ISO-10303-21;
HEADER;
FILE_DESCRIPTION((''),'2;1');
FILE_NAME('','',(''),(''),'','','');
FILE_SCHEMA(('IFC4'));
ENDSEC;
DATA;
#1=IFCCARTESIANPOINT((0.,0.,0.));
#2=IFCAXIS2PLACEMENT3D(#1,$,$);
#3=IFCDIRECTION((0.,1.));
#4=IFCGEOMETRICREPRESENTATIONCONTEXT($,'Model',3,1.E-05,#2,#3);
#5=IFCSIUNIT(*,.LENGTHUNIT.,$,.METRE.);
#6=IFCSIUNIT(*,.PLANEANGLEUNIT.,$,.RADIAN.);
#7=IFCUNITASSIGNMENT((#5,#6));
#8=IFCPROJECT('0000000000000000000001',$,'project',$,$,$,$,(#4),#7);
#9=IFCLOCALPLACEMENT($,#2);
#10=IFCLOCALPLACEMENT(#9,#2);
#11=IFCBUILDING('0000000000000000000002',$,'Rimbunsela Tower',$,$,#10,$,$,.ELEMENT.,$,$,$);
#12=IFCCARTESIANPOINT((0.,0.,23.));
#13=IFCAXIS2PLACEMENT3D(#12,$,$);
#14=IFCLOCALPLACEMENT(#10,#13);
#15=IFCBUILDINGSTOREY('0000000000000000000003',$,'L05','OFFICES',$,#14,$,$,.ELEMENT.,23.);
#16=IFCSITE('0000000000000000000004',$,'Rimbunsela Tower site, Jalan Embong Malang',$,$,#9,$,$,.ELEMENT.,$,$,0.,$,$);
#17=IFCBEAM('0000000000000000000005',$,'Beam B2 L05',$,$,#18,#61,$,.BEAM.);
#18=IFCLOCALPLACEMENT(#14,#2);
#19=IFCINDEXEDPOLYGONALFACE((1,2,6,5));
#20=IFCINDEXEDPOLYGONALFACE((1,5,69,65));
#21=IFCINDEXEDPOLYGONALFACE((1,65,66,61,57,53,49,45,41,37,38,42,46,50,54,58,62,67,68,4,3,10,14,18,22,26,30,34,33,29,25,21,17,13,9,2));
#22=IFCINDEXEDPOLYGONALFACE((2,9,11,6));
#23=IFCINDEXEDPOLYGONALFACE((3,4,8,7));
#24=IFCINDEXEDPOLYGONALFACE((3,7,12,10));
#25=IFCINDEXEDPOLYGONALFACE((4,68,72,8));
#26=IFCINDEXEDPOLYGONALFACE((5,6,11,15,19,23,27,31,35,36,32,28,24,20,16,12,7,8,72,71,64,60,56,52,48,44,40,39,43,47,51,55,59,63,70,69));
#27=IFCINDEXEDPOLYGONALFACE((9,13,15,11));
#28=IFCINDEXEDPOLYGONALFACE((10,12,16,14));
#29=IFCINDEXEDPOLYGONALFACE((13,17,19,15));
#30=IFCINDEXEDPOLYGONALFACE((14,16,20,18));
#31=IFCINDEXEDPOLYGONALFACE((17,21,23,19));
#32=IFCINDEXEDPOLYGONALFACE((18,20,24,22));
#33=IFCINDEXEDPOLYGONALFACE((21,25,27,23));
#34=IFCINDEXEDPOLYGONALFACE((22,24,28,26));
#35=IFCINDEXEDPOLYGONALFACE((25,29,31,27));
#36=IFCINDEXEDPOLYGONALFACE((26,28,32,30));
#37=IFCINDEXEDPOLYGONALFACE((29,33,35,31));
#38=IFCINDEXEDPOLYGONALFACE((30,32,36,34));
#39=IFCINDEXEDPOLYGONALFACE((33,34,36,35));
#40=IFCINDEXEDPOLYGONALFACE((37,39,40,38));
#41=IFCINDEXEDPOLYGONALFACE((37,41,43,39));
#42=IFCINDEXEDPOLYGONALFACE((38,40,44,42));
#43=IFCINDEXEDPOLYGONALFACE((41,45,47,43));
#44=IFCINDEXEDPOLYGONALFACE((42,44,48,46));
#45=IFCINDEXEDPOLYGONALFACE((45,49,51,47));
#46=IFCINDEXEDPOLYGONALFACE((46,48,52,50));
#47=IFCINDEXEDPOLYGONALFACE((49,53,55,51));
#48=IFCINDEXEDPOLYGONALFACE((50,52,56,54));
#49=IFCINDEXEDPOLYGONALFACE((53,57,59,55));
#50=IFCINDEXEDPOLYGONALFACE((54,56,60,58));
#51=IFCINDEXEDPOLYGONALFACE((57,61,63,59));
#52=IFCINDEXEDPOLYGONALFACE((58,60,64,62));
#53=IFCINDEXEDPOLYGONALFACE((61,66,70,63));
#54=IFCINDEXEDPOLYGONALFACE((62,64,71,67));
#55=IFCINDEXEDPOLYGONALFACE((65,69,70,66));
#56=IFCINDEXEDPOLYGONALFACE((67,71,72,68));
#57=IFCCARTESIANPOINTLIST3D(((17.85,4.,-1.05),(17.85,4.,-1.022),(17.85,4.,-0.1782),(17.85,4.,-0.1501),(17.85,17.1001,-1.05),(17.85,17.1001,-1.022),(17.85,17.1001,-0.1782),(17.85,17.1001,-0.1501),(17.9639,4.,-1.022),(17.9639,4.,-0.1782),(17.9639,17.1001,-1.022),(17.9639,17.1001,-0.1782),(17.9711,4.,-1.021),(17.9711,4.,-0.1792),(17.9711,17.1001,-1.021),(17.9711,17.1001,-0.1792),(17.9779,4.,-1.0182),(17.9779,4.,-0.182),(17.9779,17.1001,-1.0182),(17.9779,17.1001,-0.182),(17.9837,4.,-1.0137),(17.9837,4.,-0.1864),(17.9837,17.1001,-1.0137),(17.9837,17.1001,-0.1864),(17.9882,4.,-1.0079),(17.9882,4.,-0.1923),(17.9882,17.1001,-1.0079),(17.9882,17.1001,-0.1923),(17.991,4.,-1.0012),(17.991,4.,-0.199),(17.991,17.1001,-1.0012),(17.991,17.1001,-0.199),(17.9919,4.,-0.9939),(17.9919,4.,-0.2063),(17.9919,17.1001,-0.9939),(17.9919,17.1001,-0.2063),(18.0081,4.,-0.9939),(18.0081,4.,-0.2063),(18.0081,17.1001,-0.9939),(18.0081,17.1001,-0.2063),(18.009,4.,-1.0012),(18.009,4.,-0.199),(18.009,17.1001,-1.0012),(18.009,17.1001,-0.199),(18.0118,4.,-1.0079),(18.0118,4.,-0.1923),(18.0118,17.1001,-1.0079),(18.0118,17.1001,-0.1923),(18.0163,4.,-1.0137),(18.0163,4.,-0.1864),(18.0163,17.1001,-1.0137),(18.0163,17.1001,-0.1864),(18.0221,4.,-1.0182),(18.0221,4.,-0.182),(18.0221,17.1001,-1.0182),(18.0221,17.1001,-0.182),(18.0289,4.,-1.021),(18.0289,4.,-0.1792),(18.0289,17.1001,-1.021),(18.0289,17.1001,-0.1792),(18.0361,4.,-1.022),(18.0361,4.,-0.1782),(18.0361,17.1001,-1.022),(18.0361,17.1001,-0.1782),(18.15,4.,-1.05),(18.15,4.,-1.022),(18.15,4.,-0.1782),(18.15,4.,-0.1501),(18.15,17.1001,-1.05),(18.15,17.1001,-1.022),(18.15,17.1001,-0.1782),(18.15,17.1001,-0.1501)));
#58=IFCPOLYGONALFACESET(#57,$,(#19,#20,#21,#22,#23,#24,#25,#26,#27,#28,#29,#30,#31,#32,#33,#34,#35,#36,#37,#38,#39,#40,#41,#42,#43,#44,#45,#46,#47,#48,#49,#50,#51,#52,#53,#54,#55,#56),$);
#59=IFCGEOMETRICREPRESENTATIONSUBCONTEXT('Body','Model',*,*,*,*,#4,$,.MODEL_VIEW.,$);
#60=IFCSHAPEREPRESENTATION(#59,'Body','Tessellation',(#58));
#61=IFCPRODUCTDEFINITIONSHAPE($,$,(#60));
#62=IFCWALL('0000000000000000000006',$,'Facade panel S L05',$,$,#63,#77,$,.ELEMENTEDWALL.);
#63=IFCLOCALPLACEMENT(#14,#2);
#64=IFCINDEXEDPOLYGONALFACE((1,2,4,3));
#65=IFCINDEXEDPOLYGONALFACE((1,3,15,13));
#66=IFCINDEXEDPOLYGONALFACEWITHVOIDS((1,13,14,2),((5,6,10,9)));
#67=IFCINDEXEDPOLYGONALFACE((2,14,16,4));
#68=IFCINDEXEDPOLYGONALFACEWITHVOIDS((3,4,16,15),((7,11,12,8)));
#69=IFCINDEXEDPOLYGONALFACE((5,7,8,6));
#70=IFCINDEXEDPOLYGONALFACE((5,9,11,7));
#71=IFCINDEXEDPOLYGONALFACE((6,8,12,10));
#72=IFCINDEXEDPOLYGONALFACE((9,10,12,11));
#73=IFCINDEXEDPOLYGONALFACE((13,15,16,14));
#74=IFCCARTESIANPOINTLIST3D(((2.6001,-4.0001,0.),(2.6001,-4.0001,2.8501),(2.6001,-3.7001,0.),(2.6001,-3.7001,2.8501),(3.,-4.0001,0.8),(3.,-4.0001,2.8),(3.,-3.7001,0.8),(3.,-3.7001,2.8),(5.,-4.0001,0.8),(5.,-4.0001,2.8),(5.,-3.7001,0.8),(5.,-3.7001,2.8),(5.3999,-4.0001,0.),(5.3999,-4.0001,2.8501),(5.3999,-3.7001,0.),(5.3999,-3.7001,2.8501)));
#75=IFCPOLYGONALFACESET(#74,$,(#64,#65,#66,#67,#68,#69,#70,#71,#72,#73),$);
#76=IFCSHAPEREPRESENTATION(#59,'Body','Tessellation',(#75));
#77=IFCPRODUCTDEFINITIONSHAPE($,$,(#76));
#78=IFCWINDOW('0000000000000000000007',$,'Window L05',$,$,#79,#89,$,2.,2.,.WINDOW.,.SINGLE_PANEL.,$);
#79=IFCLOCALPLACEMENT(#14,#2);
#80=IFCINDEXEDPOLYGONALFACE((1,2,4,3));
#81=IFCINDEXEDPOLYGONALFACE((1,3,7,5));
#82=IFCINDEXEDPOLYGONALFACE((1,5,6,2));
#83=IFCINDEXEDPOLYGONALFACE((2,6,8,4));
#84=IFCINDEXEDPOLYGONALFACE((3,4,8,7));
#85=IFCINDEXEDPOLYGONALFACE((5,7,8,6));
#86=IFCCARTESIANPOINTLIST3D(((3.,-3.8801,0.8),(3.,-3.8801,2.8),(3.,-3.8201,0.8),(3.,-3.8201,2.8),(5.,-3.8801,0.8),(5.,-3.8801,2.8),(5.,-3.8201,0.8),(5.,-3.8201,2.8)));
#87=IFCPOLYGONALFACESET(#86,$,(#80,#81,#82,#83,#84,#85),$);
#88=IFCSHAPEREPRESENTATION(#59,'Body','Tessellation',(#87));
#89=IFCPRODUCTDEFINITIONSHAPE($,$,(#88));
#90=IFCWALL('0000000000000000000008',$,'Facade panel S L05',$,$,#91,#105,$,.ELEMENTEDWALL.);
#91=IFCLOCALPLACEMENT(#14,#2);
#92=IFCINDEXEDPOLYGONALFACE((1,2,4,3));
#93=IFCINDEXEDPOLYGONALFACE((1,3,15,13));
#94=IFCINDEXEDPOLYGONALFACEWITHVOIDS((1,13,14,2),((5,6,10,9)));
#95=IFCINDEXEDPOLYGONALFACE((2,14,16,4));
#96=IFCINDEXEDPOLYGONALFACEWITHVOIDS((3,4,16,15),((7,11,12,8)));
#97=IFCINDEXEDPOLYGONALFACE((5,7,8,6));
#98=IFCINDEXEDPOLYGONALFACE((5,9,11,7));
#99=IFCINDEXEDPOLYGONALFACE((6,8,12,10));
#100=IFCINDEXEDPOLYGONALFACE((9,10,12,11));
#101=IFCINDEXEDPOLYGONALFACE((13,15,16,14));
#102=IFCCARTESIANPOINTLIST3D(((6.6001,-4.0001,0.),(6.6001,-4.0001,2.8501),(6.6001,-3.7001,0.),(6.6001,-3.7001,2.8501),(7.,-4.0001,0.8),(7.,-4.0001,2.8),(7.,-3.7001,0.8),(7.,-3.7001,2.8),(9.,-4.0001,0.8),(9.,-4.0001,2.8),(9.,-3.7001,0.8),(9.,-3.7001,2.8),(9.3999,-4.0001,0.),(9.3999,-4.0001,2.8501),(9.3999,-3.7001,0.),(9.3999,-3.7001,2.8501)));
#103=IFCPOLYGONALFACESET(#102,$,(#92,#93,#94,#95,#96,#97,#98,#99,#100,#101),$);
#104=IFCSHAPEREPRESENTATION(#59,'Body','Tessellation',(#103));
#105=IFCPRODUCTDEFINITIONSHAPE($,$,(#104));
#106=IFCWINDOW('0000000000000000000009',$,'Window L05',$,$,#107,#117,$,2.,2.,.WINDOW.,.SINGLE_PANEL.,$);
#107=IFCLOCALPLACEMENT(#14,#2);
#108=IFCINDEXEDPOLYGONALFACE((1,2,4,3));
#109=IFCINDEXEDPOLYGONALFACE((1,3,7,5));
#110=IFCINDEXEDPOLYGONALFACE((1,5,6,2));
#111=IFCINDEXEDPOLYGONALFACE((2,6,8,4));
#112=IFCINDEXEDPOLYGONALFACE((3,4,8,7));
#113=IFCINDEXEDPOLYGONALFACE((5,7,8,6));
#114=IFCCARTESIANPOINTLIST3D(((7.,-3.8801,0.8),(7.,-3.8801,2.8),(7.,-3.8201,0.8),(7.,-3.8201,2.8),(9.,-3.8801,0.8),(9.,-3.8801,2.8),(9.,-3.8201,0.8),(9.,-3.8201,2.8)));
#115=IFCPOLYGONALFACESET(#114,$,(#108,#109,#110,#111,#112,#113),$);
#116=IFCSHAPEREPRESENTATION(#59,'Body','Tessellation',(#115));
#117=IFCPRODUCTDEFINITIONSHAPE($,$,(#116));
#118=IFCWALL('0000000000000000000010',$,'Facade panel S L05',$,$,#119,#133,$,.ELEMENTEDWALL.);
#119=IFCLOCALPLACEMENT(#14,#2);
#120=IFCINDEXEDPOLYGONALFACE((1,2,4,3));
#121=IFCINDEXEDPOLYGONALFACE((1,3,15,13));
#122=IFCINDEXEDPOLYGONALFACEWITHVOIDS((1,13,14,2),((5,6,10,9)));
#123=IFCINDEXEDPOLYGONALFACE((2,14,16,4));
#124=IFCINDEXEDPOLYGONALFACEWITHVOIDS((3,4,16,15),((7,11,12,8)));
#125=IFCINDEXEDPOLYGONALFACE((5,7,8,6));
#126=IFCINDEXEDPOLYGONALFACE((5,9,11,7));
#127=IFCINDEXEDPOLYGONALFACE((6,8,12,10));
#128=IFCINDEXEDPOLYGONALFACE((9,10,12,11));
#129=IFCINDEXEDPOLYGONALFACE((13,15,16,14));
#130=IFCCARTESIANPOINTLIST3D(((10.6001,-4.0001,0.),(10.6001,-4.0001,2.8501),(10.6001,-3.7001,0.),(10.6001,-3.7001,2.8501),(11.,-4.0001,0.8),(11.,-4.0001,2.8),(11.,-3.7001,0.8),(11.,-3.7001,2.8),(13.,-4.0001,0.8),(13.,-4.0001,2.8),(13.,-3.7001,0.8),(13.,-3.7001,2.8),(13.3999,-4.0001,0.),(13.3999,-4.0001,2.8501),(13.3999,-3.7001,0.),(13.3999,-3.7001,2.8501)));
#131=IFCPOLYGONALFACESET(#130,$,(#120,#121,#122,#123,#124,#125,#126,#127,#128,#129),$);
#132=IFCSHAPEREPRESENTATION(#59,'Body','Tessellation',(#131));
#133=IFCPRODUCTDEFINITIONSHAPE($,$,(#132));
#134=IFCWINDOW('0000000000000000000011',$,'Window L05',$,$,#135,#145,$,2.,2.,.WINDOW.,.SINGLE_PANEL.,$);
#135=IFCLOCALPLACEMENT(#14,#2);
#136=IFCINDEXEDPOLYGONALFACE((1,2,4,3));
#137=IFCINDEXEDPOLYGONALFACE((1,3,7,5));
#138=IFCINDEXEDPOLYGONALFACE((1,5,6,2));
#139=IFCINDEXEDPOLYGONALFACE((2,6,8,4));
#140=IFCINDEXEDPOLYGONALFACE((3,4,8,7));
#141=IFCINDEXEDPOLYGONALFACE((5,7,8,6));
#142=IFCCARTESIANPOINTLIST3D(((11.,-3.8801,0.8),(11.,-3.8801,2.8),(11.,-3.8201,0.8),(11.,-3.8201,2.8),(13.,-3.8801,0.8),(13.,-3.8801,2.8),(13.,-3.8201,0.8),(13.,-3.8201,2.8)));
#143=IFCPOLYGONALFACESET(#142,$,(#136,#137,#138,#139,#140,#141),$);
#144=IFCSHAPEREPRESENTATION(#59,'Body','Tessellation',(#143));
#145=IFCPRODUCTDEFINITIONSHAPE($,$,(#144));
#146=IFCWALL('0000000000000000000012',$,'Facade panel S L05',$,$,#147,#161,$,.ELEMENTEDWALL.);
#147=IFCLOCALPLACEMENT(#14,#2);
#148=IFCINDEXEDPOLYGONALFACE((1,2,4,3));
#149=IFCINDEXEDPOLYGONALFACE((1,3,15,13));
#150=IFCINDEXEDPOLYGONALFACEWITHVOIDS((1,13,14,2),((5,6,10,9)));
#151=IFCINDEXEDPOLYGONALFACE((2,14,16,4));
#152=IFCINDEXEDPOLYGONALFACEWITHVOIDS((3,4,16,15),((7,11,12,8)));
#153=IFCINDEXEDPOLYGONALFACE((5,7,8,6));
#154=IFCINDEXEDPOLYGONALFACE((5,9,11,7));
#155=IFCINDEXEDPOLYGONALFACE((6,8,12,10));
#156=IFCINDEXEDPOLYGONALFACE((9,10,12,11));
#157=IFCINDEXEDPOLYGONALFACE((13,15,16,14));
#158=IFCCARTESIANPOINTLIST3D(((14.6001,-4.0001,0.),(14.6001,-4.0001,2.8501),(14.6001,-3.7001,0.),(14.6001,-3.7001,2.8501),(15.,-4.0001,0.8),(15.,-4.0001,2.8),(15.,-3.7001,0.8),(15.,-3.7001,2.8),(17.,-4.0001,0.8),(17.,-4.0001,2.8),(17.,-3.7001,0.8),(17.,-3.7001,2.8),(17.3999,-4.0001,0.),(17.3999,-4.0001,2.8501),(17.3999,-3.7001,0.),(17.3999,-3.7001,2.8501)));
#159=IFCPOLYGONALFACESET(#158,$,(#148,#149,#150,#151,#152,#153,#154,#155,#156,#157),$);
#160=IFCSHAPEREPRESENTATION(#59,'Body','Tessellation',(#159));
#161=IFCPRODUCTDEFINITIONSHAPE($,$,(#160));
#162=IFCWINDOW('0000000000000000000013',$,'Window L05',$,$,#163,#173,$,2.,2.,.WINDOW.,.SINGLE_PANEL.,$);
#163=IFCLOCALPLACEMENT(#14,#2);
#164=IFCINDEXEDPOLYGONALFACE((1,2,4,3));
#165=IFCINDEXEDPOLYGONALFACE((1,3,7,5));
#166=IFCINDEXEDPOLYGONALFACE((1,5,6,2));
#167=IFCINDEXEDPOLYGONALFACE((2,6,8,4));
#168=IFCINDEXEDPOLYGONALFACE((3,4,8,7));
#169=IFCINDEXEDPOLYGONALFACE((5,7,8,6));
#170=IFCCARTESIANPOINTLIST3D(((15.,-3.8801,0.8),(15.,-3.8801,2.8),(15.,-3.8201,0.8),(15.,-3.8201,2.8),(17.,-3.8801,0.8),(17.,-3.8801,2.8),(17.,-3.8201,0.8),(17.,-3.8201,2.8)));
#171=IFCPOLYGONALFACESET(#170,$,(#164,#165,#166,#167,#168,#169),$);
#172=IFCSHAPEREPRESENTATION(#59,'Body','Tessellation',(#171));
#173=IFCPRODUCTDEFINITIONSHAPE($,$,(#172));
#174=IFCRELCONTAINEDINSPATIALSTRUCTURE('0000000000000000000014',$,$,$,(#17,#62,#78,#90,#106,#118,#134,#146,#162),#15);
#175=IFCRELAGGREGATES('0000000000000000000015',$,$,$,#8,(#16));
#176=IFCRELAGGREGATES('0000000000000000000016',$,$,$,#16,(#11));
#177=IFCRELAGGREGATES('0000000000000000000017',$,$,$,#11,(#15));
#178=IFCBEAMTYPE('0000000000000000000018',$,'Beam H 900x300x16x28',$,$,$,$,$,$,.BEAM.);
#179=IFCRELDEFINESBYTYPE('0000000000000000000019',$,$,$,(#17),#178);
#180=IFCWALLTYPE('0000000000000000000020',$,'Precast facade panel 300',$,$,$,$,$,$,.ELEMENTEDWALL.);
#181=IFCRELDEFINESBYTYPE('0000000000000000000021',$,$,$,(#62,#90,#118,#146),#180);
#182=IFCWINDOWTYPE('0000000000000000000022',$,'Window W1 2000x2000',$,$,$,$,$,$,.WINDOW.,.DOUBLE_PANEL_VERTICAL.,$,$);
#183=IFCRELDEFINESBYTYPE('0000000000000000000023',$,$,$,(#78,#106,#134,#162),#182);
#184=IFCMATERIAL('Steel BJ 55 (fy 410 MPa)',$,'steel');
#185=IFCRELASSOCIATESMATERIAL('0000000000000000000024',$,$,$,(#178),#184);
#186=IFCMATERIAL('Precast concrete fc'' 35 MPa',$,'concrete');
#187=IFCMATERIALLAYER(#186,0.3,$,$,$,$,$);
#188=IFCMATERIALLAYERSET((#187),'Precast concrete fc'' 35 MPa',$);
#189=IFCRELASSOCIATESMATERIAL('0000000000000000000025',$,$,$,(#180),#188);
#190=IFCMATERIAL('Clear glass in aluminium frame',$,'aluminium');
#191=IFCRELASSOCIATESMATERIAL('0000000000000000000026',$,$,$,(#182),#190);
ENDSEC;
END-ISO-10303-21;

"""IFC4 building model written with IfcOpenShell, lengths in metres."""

from ifc_helpers import new_model, si_unit, direction, frame, frame_2d, origin, origin_2d, place, context, subcontext, project, spatial, rectangle, i_section, extrude, material, layer, layer_set, material_profile, profile_set, type_object, element, fill, save


model = new_model("IFC4")

# Units and contexts
model_context = context("Model", 3, precision=1e-05, world=origin(), true_north=direction((0.0, 1.0)))
body_context = subcontext(model_context, "Body", "Model", "MODEL_VIEW")
ifc_project = project(units=[si_unit("LENGTHUNIT", "METRE"), si_unit("PLANEANGLEUNIT", "RADIAN")], contexts=[model_context])

# Site, building, storey
site_placement = place(None, origin())
site = spatial("IfcSite", under=ifc_project, at=site_placement, Name="Rimbunsela Tower site, Jalan Embong Malang", CompositionType="ELEMENT", RefElevation=0.0)
building_placement = place(site_placement, origin())
building = spatial("IfcBuilding", under=site, at=building_placement, Name="Rimbunsela Tower", CompositionType="ELEMENT")
storey_placement = place(building_placement, frame((0.0, 0.0, 23.0)))
storey = spatial("IfcBuildingStorey", under=building, at=storey_placement, Name="L05", Description="OFFICES", CompositionType="ELEMENT", Elevation=23.0)

# Beam
ifc_material_1 = material(Name="Steel BJ 55 (fy 410 MPa)", Category="steel")
ifc_material_profile_1 = material_profile(ifc_material_1, i_section(OverallWidth=0.3, OverallDepth=0.8999, WebThickness=0.0161, FlangeThickness=0.0281, FilletRadius=0.0281, at=origin_2d()), Name="H 900x300x16x28")
ifc_profile_set_1 = profile_set([ifc_material_profile_1], Name="Steel BJ 55 (fy 410 MPa)")
beam_type_1 = type_object("IfcBeamType", Name="Beam H 900x300x16x28", PredefinedType="BEAM", material=ifc_profile_set_1)
beam_1_placement = place(storey_placement, frame((18.0, 4.0, -0.6001), z_axis=(0.0, 1.0, 0.0), x_axis=(-1.0, 0.0, 0.0)))
element("IfcBeam", 1, at=beam_1_placement, inside=storey, type_object=beam_type_1, Name="Beam B2 L05", PredefinedType="BEAM", context=body_context, shape_type="SweptSolid", body=[
    extrude(i_section(OverallWidth=0.3, OverallDepth=0.8999, WebThickness=0.0161, FlangeThickness=0.0281, FilletRadius=0.0281, at=origin_2d()), origin(), (0.0, 0.0, 1.0), 13.1001),
])

# Walls, openings, windows
ifc_material_2 = material(Name="Precast concrete fc' 35 MPa", Category="concrete")
ifc_layer_1 = layer(ifc_material_2, 0.3)
ifc_layer_set_1 = layer_set([ifc_layer_1], Name="Precast concrete fc' 35 MPa")
wall_type = type_object("IfcWallType", Name="Precast facade panel 300", PredefinedType="ELEMENTEDWALL", material=ifc_layer_set_1)
wall_1_placement = place(storey_placement, frame((2.6001, -3.8501, 0.0), z_axis=(0.0, 0.0, 1.0), x_axis=(1.0, 0.0, 0.0)))
wall_1 = element("IfcWall", 2, at=wall_1_placement, inside=storey, type_object=wall_type, Name="Facade panel S L05", PredefinedType="ELEMENTEDWALL", context=body_context, shape_type="SweptSolid", body=[
    extrude(rectangle(XDim=2.7998, YDim=0.3, at=frame_2d((1.3999, 0.0))), origin(), (0.0, 0.0, 1.0), 2.8501),
])
opening_1_placement = place(wall_1_placement, frame((0.3999, 0.0, 0.8)))
opening_1 = element("IfcOpeningElement", 3, at=opening_1_placement, cuts=wall_1, PredefinedType="OPENING", context=body_context, shape_type="SweptSolid", body=[
    extrude(rectangle(XDim=2.0, YDim=2.0, at=frame_2d((1.0, 1.0))), frame((0.0, 0.1599, 0.0), z_axis=(0.0, -1.0, 0.0), x_axis=(1.0, 0.0, 0.0)), (0.0, 0.0, 1.0), 0.3201),
])
ifc_material_3 = material(Name="Clear glass in aluminium frame", Category="aluminium")
window_type = type_object("IfcWindowType", Name="Window W1 2000x2000", PartitioningType="DOUBLE_PANEL_VERTICAL", PredefinedType="WINDOW", material=ifc_material_3)
window_1_placement = place(opening_1_placement, origin())
window_1 = element("IfcWindow", 4, at=window_1_placement, inside=storey, type_object=window_type, Name="Window L05", OverallHeight=2.0, OverallWidth=2.0, PartitioningType="SINGLE_PANEL", PredefinedType="WINDOW", context=body_context, shape_type="SweptSolid", body=[
    extrude(rectangle(XDim=2.0, YDim=2.0, at=frame_2d((1.0, 1.0))), frame((0.0, 0.03, 0.0), z_axis=(0.0, -1.0, 0.0), x_axis=(1.0, 0.0, 0.0)), (0.0, 0.0, 1.0), 0.0601),
])
fill(opening_1, window_1)
wall_2_placement = place(storey_placement, frame((6.6001, -3.8501, 0.0), z_axis=(0.0, 0.0, 1.0), x_axis=(1.0, 0.0, 0.0)))
wall_2 = element("IfcWall", 5, at=wall_2_placement, inside=storey, type_object=wall_type, Name="Facade panel S L05", PredefinedType="ELEMENTEDWALL", context=body_context, shape_type="SweptSolid", body=[
    extrude(rectangle(XDim=2.7998, YDim=0.3, at=frame_2d((1.3999, 0.0))), origin(), (0.0, 0.0, 1.0), 2.8501),
])
opening_2_placement = place(wall_2_placement, frame((0.3999, 0.0, 0.8)))
opening_2 = element("IfcOpeningElement", 6, at=opening_2_placement, cuts=wall_2, PredefinedType="OPENING", context=body_context, shape_type="SweptSolid", body=[
    extrude(rectangle(XDim=2.0, YDim=2.0, at=frame_2d((1.0, 1.0))), frame((0.0, 0.1599, 0.0), z_axis=(0.0, -1.0, 0.0), x_axis=(1.0, 0.0, 0.0)), (0.0, 0.0, 1.0), 0.3201),
])
window_2_placement = place(opening_2_placement, origin())
window_2 = element("IfcWindow", 7, at=window_2_placement, inside=storey, type_object=window_type, Name="Window L05", OverallHeight=2.0, OverallWidth=2.0, PartitioningType="SINGLE_PANEL", PredefinedType="WINDOW", context=body_context, shape_type="SweptSolid", body=[
    extrude(rectangle(XDim=2.0, YDim=2.0, at=frame_2d((1.0, 1.0))), frame((0.0, 0.03, 0.0), z_axis=(0.0, -1.0, 0.0), x_axis=(1.0, 0.0, 0.0)), (0.0, 0.0, 1.0), 0.0601),
])
fill(opening_2, window_2)
wall_3_placement = place(storey_placement, frame((10.6001, -3.8501, 0.0), z_axis=(0.0, 0.0, 1.0), x_axis=(1.0, 0.0, 0.0)))
wall_3 = element("IfcWall", 8, at=wall_3_placement, inside=storey, type_object=wall_type, Name="Facade panel S L05", PredefinedType="ELEMENTEDWALL", context=body_context, shape_type="SweptSolid", body=[
    extrude(rectangle(XDim=2.7998, YDim=0.3, at=frame_2d((1.3999, 0.0))), origin(), (0.0, 0.0, 1.0), 2.8501),
])
opening_3_placement = place(wall_3_placement, frame((0.3999, 0.0, 0.8)))
opening_3 = element("IfcOpeningElement", 9, at=opening_3_placement, cuts=wall_3, PredefinedType="OPENING", context=body_context, shape_type="SweptSolid", body=[
    extrude(rectangle(XDim=2.0, YDim=2.0, at=frame_2d((1.0, 1.0))), frame((0.0, 0.1599, 0.0), z_axis=(0.0, -1.0, 0.0), x_axis=(1.0, 0.0, 0.0)), (0.0, 0.0, 1.0), 0.3201),
])
window_3_placement = place(opening_3_placement, origin())
window_3 = element("IfcWindow", 10, at=window_3_placement, inside=storey, type_object=window_type, Name="Window L05", OverallHeight=2.0, OverallWidth=2.0, PartitioningType="SINGLE_PANEL", PredefinedType="WINDOW", context=body_context, shape_type="SweptSolid", body=[
    extrude(rectangle(XDim=2.0, YDim=2.0, at=frame_2d((1.0, 1.0))), frame((0.0, 0.03, 0.0), z_axis=(0.0, -1.0, 0.0), x_axis=(1.0, 0.0, 0.0)), (0.0, 0.0, 1.0), 0.0601),
])
fill(opening_3, window_3)
wall_4_placement = place(storey_placement, frame((14.6001, -3.8501, 0.0), z_axis=(0.0, 0.0, 1.0), x_axis=(1.0, 0.0, 0.0)))
wall_4 = element("IfcWall", 11, at=wall_4_placement, inside=storey, type_object=wall_type, Name="Facade panel S L05", PredefinedType="ELEMENTEDWALL", context=body_context, shape_type="SweptSolid", body=[
    extrude(rectangle(XDim=2.7998, YDim=0.3, at=frame_2d((1.3999, 0.0))), origin(), (0.0, 0.0, 1.0), 2.8501),
])
opening_4_placement = place(wall_4_placement, frame((0.3999, 0.0, 0.8)))
opening_4 = element("IfcOpeningElement", 12, at=opening_4_placement, cuts=wall_4, PredefinedType="OPENING", context=body_context, shape_type="SweptSolid", body=[
    extrude(rectangle(XDim=2.0, YDim=2.0, at=frame_2d((1.0, 1.0))), frame((0.0, 0.1599, 0.0), z_axis=(0.0, -1.0, 0.0), x_axis=(1.0, 0.0, 0.0)), (0.0, 0.0, 1.0), 0.3201),
])
window_4_placement = place(opening_4_placement, origin())
window_4 = element("IfcWindow", 13, at=window_4_placement, inside=storey, type_object=window_type, Name="Window L05", OverallHeight=2.0, OverallWidth=2.0, PartitioningType="SINGLE_PANEL", PredefinedType="WINDOW", context=body_context, shape_type="SweptSolid", body=[
    extrude(rectangle(XDim=2.0, YDim=2.0, at=frame_2d((1.0, 1.0))), frame((0.0, 0.03, 0.0), z_axis=(0.0, -1.0, 0.0), x_axis=(1.0, 0.0, 0.0)), (0.0, 0.0, 1.0), 0.0601),
])
fill(opening_4, window_4)

save(model, "model.ifc")
